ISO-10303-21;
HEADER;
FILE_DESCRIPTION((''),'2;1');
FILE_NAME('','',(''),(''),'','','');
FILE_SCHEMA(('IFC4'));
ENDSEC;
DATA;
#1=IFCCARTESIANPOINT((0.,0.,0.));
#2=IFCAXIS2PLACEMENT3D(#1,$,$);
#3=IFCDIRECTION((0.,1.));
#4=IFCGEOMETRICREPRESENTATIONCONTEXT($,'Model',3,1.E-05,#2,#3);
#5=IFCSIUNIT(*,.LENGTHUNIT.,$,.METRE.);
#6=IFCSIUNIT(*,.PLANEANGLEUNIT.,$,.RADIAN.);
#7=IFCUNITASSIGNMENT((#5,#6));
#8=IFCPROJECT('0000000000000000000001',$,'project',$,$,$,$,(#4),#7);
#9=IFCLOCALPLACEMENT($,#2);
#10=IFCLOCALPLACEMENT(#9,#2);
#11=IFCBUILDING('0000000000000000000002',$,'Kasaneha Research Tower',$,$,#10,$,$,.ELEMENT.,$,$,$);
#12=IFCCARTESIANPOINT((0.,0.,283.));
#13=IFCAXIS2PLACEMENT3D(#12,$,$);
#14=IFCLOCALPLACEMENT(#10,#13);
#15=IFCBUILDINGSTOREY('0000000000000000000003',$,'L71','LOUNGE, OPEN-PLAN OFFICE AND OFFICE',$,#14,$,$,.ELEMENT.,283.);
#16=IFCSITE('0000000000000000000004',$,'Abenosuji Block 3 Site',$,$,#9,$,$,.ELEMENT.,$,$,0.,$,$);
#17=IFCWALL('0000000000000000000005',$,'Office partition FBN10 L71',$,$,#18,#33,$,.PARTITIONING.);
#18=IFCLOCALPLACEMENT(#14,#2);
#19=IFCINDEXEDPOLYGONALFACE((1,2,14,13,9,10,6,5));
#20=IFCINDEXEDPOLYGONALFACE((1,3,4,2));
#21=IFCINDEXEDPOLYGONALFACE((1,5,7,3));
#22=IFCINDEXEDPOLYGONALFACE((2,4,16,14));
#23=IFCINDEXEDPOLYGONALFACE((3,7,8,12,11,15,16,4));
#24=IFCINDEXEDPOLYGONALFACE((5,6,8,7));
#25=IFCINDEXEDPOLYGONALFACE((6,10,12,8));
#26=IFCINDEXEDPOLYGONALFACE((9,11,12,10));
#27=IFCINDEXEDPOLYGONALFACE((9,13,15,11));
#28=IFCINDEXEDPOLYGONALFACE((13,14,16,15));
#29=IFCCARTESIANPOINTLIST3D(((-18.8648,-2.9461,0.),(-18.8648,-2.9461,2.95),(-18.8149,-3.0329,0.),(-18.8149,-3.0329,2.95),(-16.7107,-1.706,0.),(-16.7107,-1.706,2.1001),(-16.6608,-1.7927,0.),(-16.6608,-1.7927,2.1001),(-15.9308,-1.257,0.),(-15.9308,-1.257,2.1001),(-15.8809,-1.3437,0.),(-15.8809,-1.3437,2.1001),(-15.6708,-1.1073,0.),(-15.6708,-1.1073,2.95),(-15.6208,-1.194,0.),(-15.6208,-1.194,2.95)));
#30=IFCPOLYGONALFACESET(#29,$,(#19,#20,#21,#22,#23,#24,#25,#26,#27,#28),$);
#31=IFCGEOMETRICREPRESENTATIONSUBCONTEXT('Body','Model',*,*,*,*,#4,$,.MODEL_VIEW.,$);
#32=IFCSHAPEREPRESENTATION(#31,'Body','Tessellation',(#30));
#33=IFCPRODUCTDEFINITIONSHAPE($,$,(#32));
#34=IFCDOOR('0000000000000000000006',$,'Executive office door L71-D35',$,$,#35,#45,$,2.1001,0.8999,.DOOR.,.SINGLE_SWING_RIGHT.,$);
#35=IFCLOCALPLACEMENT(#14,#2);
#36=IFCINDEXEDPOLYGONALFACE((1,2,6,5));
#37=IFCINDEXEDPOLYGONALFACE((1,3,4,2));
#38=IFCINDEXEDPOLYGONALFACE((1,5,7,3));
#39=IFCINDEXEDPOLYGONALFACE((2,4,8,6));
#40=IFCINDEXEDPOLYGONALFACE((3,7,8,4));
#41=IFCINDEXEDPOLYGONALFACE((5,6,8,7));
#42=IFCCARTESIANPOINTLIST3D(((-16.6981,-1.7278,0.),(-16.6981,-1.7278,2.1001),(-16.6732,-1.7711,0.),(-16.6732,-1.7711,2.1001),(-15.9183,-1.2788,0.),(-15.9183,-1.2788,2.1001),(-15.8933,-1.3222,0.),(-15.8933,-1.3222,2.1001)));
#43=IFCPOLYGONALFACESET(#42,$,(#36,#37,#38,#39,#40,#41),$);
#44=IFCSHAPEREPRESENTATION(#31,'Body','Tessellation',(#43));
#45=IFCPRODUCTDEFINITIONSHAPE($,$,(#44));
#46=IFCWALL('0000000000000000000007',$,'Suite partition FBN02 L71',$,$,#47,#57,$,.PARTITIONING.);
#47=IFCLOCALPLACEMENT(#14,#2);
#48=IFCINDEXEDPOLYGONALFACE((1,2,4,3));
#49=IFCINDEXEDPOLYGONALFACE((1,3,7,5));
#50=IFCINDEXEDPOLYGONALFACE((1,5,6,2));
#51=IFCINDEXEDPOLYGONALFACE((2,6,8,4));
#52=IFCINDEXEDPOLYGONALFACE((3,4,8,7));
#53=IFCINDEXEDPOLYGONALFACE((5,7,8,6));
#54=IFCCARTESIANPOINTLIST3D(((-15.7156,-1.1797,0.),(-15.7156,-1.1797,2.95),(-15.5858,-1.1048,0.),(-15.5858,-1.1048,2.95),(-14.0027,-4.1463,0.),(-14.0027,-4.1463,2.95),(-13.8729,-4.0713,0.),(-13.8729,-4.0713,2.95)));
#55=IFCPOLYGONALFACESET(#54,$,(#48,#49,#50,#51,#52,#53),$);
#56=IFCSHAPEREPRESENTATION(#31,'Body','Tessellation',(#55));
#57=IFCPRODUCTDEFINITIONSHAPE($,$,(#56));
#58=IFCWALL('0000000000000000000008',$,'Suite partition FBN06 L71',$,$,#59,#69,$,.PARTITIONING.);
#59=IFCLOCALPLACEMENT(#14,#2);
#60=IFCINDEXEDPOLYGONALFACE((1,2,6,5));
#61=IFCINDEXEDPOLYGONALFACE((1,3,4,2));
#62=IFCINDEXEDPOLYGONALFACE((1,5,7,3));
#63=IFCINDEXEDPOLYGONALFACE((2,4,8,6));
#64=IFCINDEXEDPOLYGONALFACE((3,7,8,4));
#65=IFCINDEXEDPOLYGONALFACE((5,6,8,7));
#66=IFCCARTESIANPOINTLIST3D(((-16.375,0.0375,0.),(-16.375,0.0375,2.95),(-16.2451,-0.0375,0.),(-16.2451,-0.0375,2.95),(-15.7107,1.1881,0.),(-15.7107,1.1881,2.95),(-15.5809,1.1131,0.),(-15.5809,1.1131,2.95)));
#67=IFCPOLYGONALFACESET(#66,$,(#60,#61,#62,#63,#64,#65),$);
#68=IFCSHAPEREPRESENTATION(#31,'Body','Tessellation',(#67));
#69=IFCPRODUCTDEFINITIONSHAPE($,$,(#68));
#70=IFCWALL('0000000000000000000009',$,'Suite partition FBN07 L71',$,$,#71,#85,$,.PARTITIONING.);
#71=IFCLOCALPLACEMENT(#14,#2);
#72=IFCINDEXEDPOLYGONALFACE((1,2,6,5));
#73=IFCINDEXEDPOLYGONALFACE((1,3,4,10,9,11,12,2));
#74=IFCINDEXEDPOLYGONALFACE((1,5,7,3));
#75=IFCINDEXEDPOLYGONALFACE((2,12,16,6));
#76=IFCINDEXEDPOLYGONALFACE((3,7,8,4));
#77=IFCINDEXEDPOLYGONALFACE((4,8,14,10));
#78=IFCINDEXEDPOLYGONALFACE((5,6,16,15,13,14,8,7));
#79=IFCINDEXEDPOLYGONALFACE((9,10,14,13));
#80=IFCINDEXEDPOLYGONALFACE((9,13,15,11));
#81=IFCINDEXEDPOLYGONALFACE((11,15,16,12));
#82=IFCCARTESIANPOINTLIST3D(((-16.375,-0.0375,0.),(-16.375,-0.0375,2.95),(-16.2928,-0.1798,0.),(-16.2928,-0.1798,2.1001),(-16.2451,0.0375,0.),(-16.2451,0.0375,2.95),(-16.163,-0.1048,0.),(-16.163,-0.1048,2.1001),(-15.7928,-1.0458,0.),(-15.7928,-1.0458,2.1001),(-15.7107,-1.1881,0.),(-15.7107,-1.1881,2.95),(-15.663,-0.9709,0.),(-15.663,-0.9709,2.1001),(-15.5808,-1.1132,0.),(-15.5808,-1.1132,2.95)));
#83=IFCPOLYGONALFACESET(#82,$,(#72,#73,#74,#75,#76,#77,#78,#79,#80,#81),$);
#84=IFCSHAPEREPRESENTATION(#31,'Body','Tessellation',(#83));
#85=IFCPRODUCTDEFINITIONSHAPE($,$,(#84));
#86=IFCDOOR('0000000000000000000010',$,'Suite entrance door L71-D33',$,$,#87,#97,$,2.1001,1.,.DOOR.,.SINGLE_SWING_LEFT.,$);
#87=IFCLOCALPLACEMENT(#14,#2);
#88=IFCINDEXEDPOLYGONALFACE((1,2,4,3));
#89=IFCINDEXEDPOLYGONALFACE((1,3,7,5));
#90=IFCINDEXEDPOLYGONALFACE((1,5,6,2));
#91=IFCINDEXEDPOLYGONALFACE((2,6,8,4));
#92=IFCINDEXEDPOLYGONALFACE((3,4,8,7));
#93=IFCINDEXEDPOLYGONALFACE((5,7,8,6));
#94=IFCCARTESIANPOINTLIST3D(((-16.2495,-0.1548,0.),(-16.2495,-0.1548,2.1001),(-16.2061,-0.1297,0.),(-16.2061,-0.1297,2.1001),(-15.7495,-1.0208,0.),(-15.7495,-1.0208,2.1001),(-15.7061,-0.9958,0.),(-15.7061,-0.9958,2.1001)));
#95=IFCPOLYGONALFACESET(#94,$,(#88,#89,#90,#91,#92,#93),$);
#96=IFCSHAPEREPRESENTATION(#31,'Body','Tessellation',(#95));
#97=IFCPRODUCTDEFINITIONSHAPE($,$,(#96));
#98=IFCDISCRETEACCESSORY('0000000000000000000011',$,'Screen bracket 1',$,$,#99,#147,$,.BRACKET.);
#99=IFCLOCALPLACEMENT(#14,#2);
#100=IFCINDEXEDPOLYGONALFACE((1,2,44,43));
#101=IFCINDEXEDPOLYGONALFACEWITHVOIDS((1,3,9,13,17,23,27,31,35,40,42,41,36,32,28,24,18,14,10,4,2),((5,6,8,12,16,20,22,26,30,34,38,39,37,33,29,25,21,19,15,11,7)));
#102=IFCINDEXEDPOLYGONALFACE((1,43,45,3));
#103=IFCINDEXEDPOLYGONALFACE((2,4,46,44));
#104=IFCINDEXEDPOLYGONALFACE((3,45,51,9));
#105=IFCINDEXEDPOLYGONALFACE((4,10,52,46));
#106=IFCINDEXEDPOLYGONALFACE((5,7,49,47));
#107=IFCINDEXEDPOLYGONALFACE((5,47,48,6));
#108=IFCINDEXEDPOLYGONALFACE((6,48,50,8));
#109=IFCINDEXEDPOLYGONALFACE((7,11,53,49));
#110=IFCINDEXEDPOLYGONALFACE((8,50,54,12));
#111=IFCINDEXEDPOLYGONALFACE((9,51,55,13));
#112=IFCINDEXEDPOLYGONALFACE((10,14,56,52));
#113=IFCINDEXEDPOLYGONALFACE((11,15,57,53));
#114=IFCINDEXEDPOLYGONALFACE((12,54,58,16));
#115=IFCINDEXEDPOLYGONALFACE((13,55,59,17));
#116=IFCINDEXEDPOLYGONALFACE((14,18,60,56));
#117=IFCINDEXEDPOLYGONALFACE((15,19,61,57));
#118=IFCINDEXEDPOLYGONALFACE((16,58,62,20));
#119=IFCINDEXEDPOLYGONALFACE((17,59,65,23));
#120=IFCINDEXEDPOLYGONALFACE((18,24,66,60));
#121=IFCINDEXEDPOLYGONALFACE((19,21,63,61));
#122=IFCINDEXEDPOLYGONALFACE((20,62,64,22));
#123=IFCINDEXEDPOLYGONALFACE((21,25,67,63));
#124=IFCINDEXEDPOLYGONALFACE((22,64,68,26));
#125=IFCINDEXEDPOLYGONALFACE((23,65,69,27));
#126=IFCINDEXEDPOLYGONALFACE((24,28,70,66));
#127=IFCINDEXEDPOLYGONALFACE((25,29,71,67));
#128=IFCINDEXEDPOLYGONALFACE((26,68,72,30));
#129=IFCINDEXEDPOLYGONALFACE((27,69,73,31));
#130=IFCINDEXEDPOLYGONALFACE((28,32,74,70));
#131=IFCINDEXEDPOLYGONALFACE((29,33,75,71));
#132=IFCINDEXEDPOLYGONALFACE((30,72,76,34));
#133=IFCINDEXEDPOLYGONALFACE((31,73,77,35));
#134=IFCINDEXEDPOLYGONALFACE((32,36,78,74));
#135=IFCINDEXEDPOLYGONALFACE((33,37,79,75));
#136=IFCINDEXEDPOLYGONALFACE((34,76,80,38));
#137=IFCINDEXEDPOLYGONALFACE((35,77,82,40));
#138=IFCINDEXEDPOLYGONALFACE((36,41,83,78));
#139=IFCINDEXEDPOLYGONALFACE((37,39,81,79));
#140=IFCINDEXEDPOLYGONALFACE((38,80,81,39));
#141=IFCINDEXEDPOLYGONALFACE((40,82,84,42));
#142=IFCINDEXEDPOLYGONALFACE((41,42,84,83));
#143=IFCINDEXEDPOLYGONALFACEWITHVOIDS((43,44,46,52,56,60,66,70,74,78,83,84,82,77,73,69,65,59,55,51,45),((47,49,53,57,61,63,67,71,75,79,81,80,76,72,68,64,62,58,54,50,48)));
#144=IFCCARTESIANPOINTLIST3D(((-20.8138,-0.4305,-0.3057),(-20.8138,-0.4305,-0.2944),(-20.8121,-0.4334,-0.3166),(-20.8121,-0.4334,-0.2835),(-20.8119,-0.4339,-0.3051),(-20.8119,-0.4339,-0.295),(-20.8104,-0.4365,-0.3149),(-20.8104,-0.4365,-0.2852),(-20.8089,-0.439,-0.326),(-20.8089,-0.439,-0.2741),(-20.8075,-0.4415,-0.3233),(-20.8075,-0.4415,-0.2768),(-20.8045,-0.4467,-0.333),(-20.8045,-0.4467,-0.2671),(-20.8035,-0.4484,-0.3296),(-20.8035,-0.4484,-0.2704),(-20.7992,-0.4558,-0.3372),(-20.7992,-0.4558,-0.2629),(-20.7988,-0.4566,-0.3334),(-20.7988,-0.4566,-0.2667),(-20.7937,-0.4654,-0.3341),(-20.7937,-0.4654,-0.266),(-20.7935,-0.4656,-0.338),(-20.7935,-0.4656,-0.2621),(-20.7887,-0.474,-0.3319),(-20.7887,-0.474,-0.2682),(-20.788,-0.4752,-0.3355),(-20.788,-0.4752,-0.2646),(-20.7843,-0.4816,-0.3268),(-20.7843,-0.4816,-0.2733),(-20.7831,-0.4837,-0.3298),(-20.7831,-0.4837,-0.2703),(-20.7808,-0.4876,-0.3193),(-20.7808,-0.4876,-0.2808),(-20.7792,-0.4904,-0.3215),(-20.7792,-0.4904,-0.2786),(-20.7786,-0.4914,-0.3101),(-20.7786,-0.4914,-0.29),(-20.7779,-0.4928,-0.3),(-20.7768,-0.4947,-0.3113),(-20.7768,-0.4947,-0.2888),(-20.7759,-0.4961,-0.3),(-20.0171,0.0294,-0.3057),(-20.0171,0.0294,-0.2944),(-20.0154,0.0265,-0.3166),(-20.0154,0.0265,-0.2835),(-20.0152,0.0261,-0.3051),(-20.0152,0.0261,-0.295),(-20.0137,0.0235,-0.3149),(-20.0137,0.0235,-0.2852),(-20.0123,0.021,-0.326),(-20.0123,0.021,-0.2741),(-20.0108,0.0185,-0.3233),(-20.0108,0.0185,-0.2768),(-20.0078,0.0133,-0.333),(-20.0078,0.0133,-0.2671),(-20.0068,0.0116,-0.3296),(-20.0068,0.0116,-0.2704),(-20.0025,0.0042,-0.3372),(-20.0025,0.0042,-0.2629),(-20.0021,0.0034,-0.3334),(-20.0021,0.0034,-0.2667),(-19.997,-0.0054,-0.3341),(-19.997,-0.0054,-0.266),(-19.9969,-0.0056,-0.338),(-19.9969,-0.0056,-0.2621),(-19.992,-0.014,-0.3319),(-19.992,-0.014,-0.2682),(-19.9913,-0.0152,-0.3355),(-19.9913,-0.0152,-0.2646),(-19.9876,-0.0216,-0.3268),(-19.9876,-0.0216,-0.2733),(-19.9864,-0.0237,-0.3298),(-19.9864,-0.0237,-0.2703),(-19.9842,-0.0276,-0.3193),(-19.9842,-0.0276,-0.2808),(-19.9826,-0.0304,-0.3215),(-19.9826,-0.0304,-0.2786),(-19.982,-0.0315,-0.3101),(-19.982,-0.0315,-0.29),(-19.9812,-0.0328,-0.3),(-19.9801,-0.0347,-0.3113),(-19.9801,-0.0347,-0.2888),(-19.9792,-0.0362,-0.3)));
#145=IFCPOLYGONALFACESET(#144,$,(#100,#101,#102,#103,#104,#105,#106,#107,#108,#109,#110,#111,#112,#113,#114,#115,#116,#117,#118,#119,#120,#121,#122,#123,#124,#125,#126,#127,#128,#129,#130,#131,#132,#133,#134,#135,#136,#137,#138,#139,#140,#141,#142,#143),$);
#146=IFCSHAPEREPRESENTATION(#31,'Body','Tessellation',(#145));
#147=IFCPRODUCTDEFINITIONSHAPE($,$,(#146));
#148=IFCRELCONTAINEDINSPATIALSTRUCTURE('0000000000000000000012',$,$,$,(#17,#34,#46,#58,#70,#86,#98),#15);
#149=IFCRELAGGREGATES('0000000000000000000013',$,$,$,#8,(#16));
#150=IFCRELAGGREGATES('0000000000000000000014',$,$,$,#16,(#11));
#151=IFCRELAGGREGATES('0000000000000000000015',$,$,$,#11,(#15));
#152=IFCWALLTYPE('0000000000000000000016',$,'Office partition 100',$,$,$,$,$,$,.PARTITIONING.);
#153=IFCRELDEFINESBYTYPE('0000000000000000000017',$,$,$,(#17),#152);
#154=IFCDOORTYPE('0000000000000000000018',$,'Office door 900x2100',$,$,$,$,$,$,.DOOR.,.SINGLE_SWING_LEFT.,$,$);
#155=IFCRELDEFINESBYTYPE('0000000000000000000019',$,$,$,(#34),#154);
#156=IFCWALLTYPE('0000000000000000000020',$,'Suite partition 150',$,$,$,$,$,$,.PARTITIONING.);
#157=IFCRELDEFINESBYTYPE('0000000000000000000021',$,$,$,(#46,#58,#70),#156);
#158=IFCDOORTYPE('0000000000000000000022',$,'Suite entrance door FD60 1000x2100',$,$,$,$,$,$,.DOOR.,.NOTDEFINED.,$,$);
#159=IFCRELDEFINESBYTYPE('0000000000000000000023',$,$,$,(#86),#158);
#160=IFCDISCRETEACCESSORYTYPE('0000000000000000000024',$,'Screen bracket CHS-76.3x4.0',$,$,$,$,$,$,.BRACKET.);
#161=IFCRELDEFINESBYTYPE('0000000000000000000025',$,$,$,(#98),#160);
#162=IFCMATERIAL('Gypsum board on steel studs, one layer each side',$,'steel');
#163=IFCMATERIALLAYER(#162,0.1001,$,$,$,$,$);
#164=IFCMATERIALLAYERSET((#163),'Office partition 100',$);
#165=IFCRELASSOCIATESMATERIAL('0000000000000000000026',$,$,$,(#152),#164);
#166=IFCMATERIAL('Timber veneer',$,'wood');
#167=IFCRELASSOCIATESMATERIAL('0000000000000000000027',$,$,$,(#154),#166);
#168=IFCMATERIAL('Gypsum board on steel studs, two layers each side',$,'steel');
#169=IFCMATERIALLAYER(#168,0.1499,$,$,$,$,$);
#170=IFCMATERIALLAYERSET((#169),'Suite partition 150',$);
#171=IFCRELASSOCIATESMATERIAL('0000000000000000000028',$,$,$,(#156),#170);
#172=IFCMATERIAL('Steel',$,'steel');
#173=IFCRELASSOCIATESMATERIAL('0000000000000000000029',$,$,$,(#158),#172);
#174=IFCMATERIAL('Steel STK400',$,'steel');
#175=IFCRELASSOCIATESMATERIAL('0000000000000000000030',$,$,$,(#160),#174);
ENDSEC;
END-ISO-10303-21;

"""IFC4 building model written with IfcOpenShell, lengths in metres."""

from ifc_helpers import new_model, si_unit, direction, frame, frame_2d, origin, origin_2d, place, context, subcontext, project, spatial, rectangle, hollow_circle, extrude, material, layer, layer_set, material_profile, profile_set, type_object, element, fill, save


model = new_model("IFC4")

# Units and contexts
model_context = context("Model", 3, precision=1e-05, world=origin(), true_north=direction((0.0, 1.0)))
body_context = subcontext(model_context, "Body", "Model", "MODEL_VIEW")
ifc_project = project(units=[si_unit("LENGTHUNIT", "METRE"), si_unit("PLANEANGLEUNIT", "RADIAN")], contexts=[model_context])

# Site, building, storey
site_placement = place(None, origin())
site = spatial("IfcSite", under=ifc_project, at=site_placement, Name="Abenosuji Block 3 Site", CompositionType="ELEMENT", RefElevation=0.0)
building_placement = place(site_placement, origin())
building = spatial("IfcBuilding", under=site, at=building_placement, Name="Kasaneha Research Tower", CompositionType="ELEMENT")
storey_placement = place(building_placement, frame((0.0, 0.0, 283.0)))
storey = spatial("IfcBuildingStorey", under=building, at=storey_placement, Name="L71", Description="LOUNGE, OPEN-PLAN OFFICE AND OFFICE", CompositionType="ELEMENT", Elevation=283.0)

# Shared definitions
ifc_material_1 = material(Name="Gypsum board on steel studs, one layer each side", Category="steel")
ifc_layer_1 = layer(ifc_material_1, 0.1001)
ifc_layer_set_1 = layer_set([ifc_layer_1], Name="Office partition 100")
wall_type_1 = type_object("IfcWallType", Name="Office partition 100", PredefinedType="PARTITIONING", material=ifc_layer_set_1)

# Wall, opening, door
wall_1_placement = place(storey_placement, frame((-18.8398, -2.9895, 0.0), z_axis=(0.0, 0.0, 1.0), x_axis=(0.866641, 0.498933, 0.0)))
wall_1 = element("IfcWall", 1, at=wall_1_placement, inside=storey, type_object=wall_type_1, Name="Office partition FBN10 L71", PredefinedType="PARTITIONING", context=body_context, shape_type="SweptSolid", body=[
    extrude(rectangle(XDim=3.6855, YDim=0.1001, at=frame_2d((1.8428, 0.0))), origin(), (0.0, 0.0, 1.0), 2.95),
])
opening_1_placement = place(wall_1_placement, frame((2.4856, 0.0, 0.0)))
opening_1 = element("IfcOpeningElement", 2, at=opening_1_placement, cuts=wall_1, PredefinedType="OPENING", context=body_context, shape_type="SweptSolid", body=[
    extrude(rectangle(XDim=0.8999, YDim=2.1001, at=frame_2d((0.45, 1.05))), frame((0.0, 0.0601, 0.0), z_axis=(0.0, -1.0, 0.0), x_axis=(1.0, 0.0, 0.0)), (0.0, 0.0, 1.0), 0.1201),
])
ifc_material_2 = material(Name="Timber veneer", Category="wood")
door_type_1 = type_object("IfcDoorType", Name="Office door 900x2100", OperationType="SINGLE_SWING_LEFT", PredefinedType="DOOR", material=ifc_material_2)
door_1_placement = place(opening_1_placement, origin())
door_1 = element("IfcDoor", 3, at=door_1_placement, inside=storey, type_object=door_type_1, Name="Executive office door L71-D35", OperationType="SINGLE_SWING_RIGHT", OverallHeight=2.1001, OverallWidth=0.8999, PredefinedType="DOOR", context=body_context, shape_type="SweptSolid", body=[
    extrude(rectangle(XDim=0.8999, YDim=2.1001, at=frame_2d((0.45, 1.05))), frame((0.0, 0.0249, 0.0), z_axis=(0.0, -1.0, 0.0), x_axis=(1.0, 0.0, 0.0)), (0.0, 0.0, 1.0), 0.05),
])
fill(opening_1, door_1)

# Walls
ifc_material_3 = material(Name="Gypsum board on steel studs, two layers each side", Category="steel")
ifc_layer_2 = layer(ifc_material_3, 0.1499)
ifc_layer_set_2 = layer_set([ifc_layer_2], Name="Suite partition 150")
wall_type_2 = type_object("IfcWallType", Name="Suite partition 150", PredefinedType="PARTITIONING", material=ifc_layer_set_2)
wall_2_placement = place(storey_placement, frame((-13.9377, -4.1089, 0.0), z_axis=(0.0, 0.0, 1.0), x_axis=(-0.500033, 0.866006, 0.0)))
element("IfcWall", 4, at=wall_2_placement, inside=storey, type_object=wall_type_2, Name="Suite partition FBN02 L71", PredefinedType="PARTITIONING", context=body_context, shape_type="SweptSolid", body=[
    extrude(rectangle(XDim=3.4255, YDim=0.1499, at=frame_2d((1.7129, 0.0))), origin(), (0.0, 0.0, 1.0), 2.95),
])
wall_3_placement = place(storey_placement, frame((-16.3101, 0.0, 0.0), z_axis=(0.0, 0.0, 1.0), x_axis=(0.499993, 0.86603, 0.0)))
element("IfcWall", 5, at=wall_3_placement, inside=storey, type_object=wall_type_2, Name="Suite partition FBN06 L71", PredefinedType="PARTITIONING", context=body_context, shape_type="SweptSolid", body=[
    extrude(rectangle(XDim=1.3286, YDim=0.1499, at=frame_2d((0.6643, 0.0))), origin(), (0.0, 0.0, 1.0), 2.95),
])

# Wall, opening, door
wall_4_placement = place(storey_placement, frame((-15.6458, -1.1506, 0.0), z_axis=(0.0, 0.0, 1.0), x_axis=(-0.499993, 0.86603, 0.0)))
wall_4 = element("IfcWall", 6, at=wall_4_placement, inside=storey, type_object=wall_type_2, Name="Suite partition FBN07 L71", PredefinedType="PARTITIONING", context=body_context, shape_type="SweptSolid", body=[
    extrude(rectangle(XDim=1.3286, YDim=0.1499, at=frame_2d((0.6643, 0.0))), origin(), (0.0, 0.0, 1.0), 2.95),
])
opening_2_placement = place(wall_4_placement, frame((0.1643, 0.0, 0.0)))
opening_2 = element("IfcOpeningElement", 7, at=opening_2_placement, cuts=wall_4, PredefinedType="OPENING", context=body_context, shape_type="SweptSolid", body=[
    extrude(rectangle(XDim=1.0, YDim=2.1001, at=frame_2d((0.5, 1.05))), frame((0.0, 0.085, 0.0), z_axis=(0.0, -1.0, 0.0), x_axis=(1.0, 0.0, 0.0)), (0.0, 0.0, 1.0), 0.1699),
])
ifc_material_4 = material(Name="Steel", Category="steel")
door_type_2 = type_object("IfcDoorType", Name="Suite entrance door FD60 1000x2100", OperationType="NOTDEFINED", PredefinedType="DOOR", material=ifc_material_4)
door_2_placement = place(opening_2_placement, origin())
door_2 = element("IfcDoor", 8, at=door_2_placement, inside=storey, type_object=door_type_2, Name="Suite entrance door L71-D33", OperationType="SINGLE_SWING_LEFT", OverallHeight=2.1001, OverallWidth=1.0, PredefinedType="DOOR", context=body_context, shape_type="SweptSolid", body=[
    extrude(rectangle(XDim=1.0, YDim=2.1001, at=frame_2d((0.5, 1.05))), frame((0.0, 0.0249, 0.0), z_axis=(0.0, -1.0, 0.0), x_axis=(1.0, 0.0, 0.0)), (0.0, 0.0, 1.0), 0.05),
])
fill(opening_2, door_2)

# Discrete accessory
ifc_material_5 = material(Name="Steel STK400", Category="steel")
ifc_material_profile_1 = material_profile(ifc_material_5, hollow_circle(Radius=0.0381, WallThickness=0.0039, at=origin_2d()), Name="CHS-76.3x4.0")
ifc_profile_set_1 = profile_set([ifc_material_profile_1], Name="Steel STK400")
discrete_accessory_type = type_object("IfcDiscreteAccessoryType", Name="Screen bracket CHS-76.3x4.0", PredefinedType="BRACKET", material=ifc_profile_set_1)
discrete_accessory_placement = place(storey_placement, frame((-19.9983, -0.0032, -0.3), z_axis=(-0.866013, -0.500021, 0.0), x_axis=(0.500021, -0.866013, 0.0)))
element("IfcDiscreteAccessory", 9, at=discrete_accessory_placement, inside=storey, type_object=discrete_accessory_type, Name="Screen bracket 1", PredefinedType="BRACKET", context=body_context, shape_type="SweptSolid", body=[
    extrude(hollow_circle(Radius=0.0381, WallThickness=0.0039, at=origin_2d()), origin(), (0.0, 0.0, 1.0), 0.9199),
])

save(model, "model.ifc")
